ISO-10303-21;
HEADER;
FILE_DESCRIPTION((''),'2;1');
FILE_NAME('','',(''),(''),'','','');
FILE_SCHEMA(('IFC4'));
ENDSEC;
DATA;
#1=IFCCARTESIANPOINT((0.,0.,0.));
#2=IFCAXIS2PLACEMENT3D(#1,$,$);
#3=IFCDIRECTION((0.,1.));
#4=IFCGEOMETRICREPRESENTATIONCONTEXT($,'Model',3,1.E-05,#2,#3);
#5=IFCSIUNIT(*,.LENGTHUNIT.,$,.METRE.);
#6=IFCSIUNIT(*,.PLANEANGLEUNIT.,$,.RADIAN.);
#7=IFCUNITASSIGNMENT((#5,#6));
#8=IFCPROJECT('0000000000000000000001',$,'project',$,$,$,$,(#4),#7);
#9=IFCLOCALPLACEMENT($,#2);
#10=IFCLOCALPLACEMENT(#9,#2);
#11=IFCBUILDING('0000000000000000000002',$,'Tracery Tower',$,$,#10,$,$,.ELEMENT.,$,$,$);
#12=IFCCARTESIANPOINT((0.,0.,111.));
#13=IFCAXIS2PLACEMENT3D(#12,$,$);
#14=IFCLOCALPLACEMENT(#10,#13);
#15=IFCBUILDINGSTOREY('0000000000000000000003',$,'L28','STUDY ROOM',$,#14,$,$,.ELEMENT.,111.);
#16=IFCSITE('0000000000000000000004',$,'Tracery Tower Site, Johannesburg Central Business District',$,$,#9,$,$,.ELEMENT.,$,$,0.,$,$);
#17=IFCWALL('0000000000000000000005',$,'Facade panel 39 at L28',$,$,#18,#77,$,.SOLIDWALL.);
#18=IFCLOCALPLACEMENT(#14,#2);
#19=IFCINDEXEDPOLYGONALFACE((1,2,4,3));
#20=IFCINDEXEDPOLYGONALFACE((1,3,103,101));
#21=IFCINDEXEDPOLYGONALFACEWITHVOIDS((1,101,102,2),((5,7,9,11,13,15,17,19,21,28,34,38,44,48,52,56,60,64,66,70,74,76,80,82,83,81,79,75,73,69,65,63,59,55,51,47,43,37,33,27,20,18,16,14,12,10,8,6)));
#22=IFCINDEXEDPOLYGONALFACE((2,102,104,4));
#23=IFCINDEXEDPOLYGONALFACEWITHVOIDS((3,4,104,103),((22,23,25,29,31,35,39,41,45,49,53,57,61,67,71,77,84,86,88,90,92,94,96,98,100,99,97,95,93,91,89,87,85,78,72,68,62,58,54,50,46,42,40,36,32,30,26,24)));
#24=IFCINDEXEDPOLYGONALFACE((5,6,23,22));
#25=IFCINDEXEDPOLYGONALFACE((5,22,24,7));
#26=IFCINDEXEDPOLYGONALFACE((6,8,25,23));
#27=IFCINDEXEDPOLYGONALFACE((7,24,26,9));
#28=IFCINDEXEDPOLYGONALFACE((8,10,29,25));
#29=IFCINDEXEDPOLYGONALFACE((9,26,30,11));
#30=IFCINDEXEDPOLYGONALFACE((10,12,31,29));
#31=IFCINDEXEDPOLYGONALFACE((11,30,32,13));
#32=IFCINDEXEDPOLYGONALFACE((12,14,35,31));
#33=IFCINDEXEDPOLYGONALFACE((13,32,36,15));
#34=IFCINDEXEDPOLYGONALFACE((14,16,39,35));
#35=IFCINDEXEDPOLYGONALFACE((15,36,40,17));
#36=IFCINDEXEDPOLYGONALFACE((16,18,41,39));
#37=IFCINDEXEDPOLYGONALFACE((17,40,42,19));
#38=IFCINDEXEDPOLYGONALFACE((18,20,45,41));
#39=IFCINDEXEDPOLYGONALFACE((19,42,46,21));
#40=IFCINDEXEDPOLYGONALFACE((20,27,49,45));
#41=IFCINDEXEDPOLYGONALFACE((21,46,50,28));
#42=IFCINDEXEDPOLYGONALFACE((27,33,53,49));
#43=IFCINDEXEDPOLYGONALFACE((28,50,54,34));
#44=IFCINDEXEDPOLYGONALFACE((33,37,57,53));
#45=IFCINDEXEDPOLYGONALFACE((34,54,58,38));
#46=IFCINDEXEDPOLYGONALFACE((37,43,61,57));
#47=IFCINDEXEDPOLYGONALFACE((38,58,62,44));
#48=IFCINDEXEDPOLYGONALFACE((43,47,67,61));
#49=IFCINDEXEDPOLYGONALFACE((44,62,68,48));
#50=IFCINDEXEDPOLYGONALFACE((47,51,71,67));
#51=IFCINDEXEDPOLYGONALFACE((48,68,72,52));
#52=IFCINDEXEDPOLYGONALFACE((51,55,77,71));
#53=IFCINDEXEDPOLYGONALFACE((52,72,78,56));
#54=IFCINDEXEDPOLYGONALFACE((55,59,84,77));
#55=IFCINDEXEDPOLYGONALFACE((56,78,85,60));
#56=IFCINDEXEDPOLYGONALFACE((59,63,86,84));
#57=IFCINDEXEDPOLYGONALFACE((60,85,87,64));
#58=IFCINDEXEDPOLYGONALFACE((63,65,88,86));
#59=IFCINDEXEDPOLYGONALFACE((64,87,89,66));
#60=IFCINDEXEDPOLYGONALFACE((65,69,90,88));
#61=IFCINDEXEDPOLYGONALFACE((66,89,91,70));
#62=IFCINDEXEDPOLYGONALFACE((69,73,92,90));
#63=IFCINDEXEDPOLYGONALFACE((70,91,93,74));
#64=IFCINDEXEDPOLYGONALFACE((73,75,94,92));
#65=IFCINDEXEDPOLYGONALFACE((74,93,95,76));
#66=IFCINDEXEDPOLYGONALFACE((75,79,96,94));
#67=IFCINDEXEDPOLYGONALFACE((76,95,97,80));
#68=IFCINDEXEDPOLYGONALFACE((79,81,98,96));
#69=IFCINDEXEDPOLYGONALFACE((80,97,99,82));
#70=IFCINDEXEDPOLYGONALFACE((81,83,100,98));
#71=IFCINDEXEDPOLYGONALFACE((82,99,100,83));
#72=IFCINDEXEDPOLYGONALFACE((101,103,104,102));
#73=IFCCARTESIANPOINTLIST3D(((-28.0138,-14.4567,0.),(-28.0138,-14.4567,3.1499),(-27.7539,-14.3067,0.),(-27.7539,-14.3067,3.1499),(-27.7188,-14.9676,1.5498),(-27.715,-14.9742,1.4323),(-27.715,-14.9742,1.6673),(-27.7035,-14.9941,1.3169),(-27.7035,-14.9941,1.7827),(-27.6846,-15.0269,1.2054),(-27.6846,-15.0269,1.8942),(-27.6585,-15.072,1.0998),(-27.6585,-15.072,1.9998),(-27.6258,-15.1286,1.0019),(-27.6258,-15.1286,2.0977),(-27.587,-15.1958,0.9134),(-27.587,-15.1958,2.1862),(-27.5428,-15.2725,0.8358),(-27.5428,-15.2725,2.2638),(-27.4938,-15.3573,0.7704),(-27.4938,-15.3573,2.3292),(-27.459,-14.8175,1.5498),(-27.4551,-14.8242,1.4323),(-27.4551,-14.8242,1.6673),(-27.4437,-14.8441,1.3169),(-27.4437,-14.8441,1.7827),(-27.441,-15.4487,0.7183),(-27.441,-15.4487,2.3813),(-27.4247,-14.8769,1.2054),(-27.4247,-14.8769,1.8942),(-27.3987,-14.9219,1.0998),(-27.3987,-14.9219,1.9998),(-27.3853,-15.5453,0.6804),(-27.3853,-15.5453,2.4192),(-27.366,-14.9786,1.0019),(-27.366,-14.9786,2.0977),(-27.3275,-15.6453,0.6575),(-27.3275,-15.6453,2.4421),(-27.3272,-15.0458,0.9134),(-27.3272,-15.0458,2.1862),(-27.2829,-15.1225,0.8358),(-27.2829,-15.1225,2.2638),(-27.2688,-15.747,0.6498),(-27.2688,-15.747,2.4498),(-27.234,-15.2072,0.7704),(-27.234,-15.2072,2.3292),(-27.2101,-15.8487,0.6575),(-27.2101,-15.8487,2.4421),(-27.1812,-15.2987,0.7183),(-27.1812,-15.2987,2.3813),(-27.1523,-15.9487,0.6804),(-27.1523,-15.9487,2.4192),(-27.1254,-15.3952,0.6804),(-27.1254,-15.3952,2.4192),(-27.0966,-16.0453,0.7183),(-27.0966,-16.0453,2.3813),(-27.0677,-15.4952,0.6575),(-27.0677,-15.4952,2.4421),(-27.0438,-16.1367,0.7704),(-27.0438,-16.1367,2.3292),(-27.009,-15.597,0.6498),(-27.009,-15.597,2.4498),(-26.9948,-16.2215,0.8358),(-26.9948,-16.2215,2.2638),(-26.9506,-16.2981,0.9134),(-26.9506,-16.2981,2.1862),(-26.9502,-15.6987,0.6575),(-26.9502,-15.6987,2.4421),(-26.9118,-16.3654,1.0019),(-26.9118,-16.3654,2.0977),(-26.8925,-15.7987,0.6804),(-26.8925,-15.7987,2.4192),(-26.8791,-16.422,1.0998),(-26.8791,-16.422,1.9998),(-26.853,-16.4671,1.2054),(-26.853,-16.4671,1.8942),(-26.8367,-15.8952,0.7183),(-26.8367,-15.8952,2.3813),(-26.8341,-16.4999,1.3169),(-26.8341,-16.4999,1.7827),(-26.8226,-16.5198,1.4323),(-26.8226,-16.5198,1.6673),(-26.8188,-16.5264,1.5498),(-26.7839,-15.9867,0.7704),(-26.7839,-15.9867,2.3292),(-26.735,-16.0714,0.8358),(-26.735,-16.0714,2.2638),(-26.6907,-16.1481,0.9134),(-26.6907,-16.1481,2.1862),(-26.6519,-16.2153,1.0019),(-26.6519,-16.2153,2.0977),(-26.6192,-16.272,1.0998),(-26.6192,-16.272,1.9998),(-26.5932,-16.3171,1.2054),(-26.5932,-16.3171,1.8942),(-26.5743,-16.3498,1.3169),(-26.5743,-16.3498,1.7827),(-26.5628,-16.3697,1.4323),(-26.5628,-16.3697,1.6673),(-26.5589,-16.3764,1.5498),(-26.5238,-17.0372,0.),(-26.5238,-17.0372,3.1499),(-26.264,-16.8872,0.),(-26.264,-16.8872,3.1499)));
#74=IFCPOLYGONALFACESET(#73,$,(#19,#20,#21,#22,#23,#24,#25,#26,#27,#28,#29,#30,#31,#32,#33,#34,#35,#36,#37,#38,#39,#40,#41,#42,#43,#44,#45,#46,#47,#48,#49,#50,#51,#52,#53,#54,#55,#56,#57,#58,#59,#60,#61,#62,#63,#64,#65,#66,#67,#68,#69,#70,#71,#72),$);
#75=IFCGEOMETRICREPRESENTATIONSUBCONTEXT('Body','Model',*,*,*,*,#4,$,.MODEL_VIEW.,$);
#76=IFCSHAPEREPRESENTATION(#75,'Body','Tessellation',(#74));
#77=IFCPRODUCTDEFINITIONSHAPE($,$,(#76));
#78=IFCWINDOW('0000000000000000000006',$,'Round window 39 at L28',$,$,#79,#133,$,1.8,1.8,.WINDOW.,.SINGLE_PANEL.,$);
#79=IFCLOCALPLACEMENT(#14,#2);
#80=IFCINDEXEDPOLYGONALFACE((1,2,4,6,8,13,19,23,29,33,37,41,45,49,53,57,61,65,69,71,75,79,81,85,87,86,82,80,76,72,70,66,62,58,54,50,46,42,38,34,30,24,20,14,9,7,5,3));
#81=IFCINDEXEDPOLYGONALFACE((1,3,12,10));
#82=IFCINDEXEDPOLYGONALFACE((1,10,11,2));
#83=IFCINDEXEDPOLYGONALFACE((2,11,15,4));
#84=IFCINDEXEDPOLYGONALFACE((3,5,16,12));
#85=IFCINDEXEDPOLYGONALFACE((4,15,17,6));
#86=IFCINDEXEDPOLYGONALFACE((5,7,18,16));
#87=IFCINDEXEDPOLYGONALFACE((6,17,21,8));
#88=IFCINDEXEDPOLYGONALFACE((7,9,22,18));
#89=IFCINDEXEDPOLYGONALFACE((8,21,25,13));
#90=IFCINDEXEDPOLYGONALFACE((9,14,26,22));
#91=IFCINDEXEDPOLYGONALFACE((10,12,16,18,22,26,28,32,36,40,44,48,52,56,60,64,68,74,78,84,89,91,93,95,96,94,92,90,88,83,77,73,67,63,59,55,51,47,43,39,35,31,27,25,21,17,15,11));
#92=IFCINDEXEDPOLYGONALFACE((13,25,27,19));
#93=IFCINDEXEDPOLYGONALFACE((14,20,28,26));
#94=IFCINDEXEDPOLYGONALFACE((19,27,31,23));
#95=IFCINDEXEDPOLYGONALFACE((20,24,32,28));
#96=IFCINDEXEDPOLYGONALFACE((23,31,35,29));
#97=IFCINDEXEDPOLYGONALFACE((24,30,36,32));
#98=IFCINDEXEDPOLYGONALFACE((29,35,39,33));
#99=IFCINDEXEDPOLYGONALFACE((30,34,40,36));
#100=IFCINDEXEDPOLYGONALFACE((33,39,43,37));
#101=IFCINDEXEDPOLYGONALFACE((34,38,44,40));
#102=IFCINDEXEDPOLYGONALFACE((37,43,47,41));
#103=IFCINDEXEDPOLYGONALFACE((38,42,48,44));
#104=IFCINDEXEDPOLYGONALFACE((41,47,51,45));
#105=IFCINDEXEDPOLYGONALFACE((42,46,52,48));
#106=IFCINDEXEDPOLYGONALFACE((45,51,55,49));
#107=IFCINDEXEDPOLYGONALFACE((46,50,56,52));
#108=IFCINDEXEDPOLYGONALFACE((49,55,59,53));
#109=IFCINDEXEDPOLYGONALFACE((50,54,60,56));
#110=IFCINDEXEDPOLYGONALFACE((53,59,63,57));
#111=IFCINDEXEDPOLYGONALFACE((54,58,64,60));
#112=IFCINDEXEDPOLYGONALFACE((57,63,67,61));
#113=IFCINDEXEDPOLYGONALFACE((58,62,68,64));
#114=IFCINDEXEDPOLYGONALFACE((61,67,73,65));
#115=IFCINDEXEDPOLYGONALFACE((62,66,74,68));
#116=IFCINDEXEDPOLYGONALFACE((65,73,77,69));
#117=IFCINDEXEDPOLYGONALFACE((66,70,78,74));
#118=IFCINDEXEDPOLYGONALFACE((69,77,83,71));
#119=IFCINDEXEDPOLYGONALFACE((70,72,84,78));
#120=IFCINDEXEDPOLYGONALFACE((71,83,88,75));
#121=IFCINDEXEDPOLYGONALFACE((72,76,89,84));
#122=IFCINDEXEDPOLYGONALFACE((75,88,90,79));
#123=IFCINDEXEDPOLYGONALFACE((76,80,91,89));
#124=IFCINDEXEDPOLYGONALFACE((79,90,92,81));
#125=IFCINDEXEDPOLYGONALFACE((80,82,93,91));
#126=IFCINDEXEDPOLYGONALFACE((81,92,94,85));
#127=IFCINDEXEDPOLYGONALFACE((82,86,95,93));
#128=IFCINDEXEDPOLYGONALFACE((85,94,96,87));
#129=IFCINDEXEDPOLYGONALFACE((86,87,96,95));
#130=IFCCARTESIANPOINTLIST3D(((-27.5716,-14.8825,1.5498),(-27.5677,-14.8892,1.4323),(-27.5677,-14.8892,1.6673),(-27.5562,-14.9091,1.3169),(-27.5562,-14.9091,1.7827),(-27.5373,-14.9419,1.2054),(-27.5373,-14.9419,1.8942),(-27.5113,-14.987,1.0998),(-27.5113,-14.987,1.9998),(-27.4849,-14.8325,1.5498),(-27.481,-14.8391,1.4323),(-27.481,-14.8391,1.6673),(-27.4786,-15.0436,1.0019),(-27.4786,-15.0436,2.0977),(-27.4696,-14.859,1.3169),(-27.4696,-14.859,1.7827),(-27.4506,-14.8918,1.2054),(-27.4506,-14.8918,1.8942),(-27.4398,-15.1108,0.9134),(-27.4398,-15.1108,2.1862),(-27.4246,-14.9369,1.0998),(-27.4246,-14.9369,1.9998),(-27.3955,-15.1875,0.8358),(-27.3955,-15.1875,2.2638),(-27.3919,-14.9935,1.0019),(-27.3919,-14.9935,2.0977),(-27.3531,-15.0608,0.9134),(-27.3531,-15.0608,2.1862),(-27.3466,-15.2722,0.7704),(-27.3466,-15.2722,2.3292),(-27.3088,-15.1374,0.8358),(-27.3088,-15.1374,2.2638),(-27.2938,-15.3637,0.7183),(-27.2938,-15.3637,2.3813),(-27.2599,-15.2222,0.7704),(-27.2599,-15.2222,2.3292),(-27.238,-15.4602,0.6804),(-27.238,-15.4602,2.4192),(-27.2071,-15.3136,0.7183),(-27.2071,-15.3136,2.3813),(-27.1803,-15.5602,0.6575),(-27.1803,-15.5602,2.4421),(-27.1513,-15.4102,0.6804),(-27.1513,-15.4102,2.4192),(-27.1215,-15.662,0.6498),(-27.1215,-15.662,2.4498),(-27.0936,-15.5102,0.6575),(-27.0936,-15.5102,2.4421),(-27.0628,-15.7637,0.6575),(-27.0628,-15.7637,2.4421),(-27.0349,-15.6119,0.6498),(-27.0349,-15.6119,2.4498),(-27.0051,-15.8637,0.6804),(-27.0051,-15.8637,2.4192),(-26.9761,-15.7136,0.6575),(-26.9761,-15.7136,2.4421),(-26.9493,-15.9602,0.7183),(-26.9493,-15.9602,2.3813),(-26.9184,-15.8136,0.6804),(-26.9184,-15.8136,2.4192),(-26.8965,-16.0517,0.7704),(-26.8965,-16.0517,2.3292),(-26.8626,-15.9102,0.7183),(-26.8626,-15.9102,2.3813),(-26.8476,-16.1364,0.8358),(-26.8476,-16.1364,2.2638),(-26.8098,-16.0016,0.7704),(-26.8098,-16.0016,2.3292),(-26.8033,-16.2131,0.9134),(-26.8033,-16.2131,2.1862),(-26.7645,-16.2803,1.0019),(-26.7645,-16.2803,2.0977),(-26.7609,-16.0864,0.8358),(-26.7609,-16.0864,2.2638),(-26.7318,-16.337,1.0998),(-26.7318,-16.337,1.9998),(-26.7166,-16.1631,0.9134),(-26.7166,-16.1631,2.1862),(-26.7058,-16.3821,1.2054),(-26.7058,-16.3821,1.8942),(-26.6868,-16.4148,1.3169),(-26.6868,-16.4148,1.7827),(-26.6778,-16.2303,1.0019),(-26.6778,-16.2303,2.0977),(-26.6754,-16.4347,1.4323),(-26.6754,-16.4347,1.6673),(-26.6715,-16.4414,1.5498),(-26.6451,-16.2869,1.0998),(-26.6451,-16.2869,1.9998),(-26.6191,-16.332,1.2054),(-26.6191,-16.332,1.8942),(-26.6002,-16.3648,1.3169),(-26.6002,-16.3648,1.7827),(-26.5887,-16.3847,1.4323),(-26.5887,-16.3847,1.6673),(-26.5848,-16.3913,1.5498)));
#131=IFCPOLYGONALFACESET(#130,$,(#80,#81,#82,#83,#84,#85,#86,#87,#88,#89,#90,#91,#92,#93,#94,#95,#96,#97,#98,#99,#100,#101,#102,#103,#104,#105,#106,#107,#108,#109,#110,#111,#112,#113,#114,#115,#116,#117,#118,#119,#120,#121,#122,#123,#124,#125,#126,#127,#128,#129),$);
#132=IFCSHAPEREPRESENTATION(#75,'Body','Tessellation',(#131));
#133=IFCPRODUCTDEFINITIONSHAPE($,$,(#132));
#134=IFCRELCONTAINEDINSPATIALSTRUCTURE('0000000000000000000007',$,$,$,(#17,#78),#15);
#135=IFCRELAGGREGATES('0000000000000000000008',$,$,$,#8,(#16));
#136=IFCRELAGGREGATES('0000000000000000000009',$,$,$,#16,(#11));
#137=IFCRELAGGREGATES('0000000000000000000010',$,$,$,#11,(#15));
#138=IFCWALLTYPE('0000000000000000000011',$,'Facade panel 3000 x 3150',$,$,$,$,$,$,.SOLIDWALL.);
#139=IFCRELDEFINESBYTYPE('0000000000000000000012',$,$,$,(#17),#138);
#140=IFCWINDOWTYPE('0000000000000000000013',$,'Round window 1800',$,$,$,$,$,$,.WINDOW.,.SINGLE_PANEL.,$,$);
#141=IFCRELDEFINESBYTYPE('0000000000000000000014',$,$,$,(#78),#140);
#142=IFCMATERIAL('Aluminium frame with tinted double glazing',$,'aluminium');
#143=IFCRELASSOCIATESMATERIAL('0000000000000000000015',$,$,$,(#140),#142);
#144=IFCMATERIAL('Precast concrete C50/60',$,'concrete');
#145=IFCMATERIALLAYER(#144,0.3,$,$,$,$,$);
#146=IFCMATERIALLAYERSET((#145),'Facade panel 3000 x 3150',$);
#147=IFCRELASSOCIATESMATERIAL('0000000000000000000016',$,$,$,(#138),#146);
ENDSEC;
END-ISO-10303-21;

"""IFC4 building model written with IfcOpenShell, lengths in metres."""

from ifc_helpers import new_model, si_unit, direction, frame, frame_2d, origin, origin_2d, place, context, subcontext, project, spatial, rectangle, circle, extrude, material, layer, layer_set, type_object, element, fill, save


model = new_model("IFC4")

# Units and contexts
model_context = context("Model", 3, precision=1e-05, world=origin(), true_north=direction((0.0, 1.0)))
body_context = subcontext(model_context, "Body", "Model", "MODEL_VIEW")
ifc_project = project(units=[si_unit("LENGTHUNIT", "METRE"), si_unit("PLANEANGLEUNIT", "RADIAN")], contexts=[model_context])

# Site, building, storey
site_placement = place(None, origin())
site = spatial("IfcSite", under=ifc_project, at=site_placement, Name="Tracery Tower Site, Johannesburg Central Business District", CompositionType="ELEMENT", RefElevation=0.0)
building_placement = place(site_placement, origin())
building = spatial("IfcBuilding", under=site, at=building_placement, Name="Tracery Tower", CompositionType="ELEMENT")
storey_placement = place(building_placement, frame((0.0, 0.0, 111.0)))
storey = spatial("IfcBuildingStorey", under=building, at=storey_placement, Name="L28", Description="STUDY ROOM", CompositionType="ELEMENT", Elevation=111.0)

# Wall, opening, window
ifc_material_1 = material(Name="Aluminium frame with tinted double glazing", Category="aluminium")
window_type = type_object("IfcWindowType", Name="Round window 1800", PartitioningType="SINGLE_PANEL", PredefinedType="WINDOW", material=ifc_material_1)
ifc_material_2 = material(Name="Precast concrete C50/60", Category="concrete")
ifc_layer_1 = layer(ifc_material_2, 0.3)
ifc_layer_set_1 = layer_set([ifc_layer_1], Name="Facade panel 3000 x 3150")
wall_type_1 = type_object("IfcWallType", Name="Facade panel 3000 x 3150", PredefinedType="SOLIDWALL", material=ifc_layer_set_1)
wall_1_placement = place(storey_placement, frame((-27.8838, -14.3818, 0.0), z_axis=(0.0, 0.0, 1.0), x_axis=(0.500025, -0.866011, 0.0)))
wall_1 = element("IfcWall", 1, at=wall_1_placement, inside=storey, type_object=wall_type_1, Name="Facade panel 39 at L28", PredefinedType="SOLIDWALL", context=body_context, shape_type="SweptSolid", body=[
    extrude(rectangle(XDim=2.9797, YDim=0.3, at=frame_2d((1.4897, 0.0))), origin(), (0.0, 0.0, 1.0), 3.1499),
])
opening_1_placement = place(wall_1_placement, frame((1.4897, 0.0, 1.5498)))
opening_1 = element("IfcOpeningElement", 2, at=opening_1_placement, cuts=wall_1, PredefinedType="OPENING", context=body_context, shape_type="SweptSolid", body=[
    extrude(circle(Radius=0.9, at=origin_2d()), frame((0.0, 0.1599, 0.0), z_axis=(0.0, -1.0, 0.0), x_axis=(1.0, 0.0, 0.0)), (0.0, 0.0, 1.0), 0.3201),
])
window_1_placement = place(opening_1_placement, origin())
window_1 = element("IfcWindow", 3, at=window_1_placement, inside=storey, type_object=window_type, Name="Round window 39 at L28", OverallHeight=1.8, OverallWidth=1.8, PartitioningType="SINGLE_PANEL", PredefinedType="WINDOW", context=body_context, shape_type="SweptSolid", body=[
    extrude(circle(Radius=0.9, at=origin_2d()), frame((0.0, 0.1201, 0.0), z_axis=(0.0, -1.0, 0.0), x_axis=(1.0, 0.0, 0.0)), (0.0, 0.0, 1.0), 0.1001),
])
fill(opening_1, window_1)

save(model, "model.ifc")
